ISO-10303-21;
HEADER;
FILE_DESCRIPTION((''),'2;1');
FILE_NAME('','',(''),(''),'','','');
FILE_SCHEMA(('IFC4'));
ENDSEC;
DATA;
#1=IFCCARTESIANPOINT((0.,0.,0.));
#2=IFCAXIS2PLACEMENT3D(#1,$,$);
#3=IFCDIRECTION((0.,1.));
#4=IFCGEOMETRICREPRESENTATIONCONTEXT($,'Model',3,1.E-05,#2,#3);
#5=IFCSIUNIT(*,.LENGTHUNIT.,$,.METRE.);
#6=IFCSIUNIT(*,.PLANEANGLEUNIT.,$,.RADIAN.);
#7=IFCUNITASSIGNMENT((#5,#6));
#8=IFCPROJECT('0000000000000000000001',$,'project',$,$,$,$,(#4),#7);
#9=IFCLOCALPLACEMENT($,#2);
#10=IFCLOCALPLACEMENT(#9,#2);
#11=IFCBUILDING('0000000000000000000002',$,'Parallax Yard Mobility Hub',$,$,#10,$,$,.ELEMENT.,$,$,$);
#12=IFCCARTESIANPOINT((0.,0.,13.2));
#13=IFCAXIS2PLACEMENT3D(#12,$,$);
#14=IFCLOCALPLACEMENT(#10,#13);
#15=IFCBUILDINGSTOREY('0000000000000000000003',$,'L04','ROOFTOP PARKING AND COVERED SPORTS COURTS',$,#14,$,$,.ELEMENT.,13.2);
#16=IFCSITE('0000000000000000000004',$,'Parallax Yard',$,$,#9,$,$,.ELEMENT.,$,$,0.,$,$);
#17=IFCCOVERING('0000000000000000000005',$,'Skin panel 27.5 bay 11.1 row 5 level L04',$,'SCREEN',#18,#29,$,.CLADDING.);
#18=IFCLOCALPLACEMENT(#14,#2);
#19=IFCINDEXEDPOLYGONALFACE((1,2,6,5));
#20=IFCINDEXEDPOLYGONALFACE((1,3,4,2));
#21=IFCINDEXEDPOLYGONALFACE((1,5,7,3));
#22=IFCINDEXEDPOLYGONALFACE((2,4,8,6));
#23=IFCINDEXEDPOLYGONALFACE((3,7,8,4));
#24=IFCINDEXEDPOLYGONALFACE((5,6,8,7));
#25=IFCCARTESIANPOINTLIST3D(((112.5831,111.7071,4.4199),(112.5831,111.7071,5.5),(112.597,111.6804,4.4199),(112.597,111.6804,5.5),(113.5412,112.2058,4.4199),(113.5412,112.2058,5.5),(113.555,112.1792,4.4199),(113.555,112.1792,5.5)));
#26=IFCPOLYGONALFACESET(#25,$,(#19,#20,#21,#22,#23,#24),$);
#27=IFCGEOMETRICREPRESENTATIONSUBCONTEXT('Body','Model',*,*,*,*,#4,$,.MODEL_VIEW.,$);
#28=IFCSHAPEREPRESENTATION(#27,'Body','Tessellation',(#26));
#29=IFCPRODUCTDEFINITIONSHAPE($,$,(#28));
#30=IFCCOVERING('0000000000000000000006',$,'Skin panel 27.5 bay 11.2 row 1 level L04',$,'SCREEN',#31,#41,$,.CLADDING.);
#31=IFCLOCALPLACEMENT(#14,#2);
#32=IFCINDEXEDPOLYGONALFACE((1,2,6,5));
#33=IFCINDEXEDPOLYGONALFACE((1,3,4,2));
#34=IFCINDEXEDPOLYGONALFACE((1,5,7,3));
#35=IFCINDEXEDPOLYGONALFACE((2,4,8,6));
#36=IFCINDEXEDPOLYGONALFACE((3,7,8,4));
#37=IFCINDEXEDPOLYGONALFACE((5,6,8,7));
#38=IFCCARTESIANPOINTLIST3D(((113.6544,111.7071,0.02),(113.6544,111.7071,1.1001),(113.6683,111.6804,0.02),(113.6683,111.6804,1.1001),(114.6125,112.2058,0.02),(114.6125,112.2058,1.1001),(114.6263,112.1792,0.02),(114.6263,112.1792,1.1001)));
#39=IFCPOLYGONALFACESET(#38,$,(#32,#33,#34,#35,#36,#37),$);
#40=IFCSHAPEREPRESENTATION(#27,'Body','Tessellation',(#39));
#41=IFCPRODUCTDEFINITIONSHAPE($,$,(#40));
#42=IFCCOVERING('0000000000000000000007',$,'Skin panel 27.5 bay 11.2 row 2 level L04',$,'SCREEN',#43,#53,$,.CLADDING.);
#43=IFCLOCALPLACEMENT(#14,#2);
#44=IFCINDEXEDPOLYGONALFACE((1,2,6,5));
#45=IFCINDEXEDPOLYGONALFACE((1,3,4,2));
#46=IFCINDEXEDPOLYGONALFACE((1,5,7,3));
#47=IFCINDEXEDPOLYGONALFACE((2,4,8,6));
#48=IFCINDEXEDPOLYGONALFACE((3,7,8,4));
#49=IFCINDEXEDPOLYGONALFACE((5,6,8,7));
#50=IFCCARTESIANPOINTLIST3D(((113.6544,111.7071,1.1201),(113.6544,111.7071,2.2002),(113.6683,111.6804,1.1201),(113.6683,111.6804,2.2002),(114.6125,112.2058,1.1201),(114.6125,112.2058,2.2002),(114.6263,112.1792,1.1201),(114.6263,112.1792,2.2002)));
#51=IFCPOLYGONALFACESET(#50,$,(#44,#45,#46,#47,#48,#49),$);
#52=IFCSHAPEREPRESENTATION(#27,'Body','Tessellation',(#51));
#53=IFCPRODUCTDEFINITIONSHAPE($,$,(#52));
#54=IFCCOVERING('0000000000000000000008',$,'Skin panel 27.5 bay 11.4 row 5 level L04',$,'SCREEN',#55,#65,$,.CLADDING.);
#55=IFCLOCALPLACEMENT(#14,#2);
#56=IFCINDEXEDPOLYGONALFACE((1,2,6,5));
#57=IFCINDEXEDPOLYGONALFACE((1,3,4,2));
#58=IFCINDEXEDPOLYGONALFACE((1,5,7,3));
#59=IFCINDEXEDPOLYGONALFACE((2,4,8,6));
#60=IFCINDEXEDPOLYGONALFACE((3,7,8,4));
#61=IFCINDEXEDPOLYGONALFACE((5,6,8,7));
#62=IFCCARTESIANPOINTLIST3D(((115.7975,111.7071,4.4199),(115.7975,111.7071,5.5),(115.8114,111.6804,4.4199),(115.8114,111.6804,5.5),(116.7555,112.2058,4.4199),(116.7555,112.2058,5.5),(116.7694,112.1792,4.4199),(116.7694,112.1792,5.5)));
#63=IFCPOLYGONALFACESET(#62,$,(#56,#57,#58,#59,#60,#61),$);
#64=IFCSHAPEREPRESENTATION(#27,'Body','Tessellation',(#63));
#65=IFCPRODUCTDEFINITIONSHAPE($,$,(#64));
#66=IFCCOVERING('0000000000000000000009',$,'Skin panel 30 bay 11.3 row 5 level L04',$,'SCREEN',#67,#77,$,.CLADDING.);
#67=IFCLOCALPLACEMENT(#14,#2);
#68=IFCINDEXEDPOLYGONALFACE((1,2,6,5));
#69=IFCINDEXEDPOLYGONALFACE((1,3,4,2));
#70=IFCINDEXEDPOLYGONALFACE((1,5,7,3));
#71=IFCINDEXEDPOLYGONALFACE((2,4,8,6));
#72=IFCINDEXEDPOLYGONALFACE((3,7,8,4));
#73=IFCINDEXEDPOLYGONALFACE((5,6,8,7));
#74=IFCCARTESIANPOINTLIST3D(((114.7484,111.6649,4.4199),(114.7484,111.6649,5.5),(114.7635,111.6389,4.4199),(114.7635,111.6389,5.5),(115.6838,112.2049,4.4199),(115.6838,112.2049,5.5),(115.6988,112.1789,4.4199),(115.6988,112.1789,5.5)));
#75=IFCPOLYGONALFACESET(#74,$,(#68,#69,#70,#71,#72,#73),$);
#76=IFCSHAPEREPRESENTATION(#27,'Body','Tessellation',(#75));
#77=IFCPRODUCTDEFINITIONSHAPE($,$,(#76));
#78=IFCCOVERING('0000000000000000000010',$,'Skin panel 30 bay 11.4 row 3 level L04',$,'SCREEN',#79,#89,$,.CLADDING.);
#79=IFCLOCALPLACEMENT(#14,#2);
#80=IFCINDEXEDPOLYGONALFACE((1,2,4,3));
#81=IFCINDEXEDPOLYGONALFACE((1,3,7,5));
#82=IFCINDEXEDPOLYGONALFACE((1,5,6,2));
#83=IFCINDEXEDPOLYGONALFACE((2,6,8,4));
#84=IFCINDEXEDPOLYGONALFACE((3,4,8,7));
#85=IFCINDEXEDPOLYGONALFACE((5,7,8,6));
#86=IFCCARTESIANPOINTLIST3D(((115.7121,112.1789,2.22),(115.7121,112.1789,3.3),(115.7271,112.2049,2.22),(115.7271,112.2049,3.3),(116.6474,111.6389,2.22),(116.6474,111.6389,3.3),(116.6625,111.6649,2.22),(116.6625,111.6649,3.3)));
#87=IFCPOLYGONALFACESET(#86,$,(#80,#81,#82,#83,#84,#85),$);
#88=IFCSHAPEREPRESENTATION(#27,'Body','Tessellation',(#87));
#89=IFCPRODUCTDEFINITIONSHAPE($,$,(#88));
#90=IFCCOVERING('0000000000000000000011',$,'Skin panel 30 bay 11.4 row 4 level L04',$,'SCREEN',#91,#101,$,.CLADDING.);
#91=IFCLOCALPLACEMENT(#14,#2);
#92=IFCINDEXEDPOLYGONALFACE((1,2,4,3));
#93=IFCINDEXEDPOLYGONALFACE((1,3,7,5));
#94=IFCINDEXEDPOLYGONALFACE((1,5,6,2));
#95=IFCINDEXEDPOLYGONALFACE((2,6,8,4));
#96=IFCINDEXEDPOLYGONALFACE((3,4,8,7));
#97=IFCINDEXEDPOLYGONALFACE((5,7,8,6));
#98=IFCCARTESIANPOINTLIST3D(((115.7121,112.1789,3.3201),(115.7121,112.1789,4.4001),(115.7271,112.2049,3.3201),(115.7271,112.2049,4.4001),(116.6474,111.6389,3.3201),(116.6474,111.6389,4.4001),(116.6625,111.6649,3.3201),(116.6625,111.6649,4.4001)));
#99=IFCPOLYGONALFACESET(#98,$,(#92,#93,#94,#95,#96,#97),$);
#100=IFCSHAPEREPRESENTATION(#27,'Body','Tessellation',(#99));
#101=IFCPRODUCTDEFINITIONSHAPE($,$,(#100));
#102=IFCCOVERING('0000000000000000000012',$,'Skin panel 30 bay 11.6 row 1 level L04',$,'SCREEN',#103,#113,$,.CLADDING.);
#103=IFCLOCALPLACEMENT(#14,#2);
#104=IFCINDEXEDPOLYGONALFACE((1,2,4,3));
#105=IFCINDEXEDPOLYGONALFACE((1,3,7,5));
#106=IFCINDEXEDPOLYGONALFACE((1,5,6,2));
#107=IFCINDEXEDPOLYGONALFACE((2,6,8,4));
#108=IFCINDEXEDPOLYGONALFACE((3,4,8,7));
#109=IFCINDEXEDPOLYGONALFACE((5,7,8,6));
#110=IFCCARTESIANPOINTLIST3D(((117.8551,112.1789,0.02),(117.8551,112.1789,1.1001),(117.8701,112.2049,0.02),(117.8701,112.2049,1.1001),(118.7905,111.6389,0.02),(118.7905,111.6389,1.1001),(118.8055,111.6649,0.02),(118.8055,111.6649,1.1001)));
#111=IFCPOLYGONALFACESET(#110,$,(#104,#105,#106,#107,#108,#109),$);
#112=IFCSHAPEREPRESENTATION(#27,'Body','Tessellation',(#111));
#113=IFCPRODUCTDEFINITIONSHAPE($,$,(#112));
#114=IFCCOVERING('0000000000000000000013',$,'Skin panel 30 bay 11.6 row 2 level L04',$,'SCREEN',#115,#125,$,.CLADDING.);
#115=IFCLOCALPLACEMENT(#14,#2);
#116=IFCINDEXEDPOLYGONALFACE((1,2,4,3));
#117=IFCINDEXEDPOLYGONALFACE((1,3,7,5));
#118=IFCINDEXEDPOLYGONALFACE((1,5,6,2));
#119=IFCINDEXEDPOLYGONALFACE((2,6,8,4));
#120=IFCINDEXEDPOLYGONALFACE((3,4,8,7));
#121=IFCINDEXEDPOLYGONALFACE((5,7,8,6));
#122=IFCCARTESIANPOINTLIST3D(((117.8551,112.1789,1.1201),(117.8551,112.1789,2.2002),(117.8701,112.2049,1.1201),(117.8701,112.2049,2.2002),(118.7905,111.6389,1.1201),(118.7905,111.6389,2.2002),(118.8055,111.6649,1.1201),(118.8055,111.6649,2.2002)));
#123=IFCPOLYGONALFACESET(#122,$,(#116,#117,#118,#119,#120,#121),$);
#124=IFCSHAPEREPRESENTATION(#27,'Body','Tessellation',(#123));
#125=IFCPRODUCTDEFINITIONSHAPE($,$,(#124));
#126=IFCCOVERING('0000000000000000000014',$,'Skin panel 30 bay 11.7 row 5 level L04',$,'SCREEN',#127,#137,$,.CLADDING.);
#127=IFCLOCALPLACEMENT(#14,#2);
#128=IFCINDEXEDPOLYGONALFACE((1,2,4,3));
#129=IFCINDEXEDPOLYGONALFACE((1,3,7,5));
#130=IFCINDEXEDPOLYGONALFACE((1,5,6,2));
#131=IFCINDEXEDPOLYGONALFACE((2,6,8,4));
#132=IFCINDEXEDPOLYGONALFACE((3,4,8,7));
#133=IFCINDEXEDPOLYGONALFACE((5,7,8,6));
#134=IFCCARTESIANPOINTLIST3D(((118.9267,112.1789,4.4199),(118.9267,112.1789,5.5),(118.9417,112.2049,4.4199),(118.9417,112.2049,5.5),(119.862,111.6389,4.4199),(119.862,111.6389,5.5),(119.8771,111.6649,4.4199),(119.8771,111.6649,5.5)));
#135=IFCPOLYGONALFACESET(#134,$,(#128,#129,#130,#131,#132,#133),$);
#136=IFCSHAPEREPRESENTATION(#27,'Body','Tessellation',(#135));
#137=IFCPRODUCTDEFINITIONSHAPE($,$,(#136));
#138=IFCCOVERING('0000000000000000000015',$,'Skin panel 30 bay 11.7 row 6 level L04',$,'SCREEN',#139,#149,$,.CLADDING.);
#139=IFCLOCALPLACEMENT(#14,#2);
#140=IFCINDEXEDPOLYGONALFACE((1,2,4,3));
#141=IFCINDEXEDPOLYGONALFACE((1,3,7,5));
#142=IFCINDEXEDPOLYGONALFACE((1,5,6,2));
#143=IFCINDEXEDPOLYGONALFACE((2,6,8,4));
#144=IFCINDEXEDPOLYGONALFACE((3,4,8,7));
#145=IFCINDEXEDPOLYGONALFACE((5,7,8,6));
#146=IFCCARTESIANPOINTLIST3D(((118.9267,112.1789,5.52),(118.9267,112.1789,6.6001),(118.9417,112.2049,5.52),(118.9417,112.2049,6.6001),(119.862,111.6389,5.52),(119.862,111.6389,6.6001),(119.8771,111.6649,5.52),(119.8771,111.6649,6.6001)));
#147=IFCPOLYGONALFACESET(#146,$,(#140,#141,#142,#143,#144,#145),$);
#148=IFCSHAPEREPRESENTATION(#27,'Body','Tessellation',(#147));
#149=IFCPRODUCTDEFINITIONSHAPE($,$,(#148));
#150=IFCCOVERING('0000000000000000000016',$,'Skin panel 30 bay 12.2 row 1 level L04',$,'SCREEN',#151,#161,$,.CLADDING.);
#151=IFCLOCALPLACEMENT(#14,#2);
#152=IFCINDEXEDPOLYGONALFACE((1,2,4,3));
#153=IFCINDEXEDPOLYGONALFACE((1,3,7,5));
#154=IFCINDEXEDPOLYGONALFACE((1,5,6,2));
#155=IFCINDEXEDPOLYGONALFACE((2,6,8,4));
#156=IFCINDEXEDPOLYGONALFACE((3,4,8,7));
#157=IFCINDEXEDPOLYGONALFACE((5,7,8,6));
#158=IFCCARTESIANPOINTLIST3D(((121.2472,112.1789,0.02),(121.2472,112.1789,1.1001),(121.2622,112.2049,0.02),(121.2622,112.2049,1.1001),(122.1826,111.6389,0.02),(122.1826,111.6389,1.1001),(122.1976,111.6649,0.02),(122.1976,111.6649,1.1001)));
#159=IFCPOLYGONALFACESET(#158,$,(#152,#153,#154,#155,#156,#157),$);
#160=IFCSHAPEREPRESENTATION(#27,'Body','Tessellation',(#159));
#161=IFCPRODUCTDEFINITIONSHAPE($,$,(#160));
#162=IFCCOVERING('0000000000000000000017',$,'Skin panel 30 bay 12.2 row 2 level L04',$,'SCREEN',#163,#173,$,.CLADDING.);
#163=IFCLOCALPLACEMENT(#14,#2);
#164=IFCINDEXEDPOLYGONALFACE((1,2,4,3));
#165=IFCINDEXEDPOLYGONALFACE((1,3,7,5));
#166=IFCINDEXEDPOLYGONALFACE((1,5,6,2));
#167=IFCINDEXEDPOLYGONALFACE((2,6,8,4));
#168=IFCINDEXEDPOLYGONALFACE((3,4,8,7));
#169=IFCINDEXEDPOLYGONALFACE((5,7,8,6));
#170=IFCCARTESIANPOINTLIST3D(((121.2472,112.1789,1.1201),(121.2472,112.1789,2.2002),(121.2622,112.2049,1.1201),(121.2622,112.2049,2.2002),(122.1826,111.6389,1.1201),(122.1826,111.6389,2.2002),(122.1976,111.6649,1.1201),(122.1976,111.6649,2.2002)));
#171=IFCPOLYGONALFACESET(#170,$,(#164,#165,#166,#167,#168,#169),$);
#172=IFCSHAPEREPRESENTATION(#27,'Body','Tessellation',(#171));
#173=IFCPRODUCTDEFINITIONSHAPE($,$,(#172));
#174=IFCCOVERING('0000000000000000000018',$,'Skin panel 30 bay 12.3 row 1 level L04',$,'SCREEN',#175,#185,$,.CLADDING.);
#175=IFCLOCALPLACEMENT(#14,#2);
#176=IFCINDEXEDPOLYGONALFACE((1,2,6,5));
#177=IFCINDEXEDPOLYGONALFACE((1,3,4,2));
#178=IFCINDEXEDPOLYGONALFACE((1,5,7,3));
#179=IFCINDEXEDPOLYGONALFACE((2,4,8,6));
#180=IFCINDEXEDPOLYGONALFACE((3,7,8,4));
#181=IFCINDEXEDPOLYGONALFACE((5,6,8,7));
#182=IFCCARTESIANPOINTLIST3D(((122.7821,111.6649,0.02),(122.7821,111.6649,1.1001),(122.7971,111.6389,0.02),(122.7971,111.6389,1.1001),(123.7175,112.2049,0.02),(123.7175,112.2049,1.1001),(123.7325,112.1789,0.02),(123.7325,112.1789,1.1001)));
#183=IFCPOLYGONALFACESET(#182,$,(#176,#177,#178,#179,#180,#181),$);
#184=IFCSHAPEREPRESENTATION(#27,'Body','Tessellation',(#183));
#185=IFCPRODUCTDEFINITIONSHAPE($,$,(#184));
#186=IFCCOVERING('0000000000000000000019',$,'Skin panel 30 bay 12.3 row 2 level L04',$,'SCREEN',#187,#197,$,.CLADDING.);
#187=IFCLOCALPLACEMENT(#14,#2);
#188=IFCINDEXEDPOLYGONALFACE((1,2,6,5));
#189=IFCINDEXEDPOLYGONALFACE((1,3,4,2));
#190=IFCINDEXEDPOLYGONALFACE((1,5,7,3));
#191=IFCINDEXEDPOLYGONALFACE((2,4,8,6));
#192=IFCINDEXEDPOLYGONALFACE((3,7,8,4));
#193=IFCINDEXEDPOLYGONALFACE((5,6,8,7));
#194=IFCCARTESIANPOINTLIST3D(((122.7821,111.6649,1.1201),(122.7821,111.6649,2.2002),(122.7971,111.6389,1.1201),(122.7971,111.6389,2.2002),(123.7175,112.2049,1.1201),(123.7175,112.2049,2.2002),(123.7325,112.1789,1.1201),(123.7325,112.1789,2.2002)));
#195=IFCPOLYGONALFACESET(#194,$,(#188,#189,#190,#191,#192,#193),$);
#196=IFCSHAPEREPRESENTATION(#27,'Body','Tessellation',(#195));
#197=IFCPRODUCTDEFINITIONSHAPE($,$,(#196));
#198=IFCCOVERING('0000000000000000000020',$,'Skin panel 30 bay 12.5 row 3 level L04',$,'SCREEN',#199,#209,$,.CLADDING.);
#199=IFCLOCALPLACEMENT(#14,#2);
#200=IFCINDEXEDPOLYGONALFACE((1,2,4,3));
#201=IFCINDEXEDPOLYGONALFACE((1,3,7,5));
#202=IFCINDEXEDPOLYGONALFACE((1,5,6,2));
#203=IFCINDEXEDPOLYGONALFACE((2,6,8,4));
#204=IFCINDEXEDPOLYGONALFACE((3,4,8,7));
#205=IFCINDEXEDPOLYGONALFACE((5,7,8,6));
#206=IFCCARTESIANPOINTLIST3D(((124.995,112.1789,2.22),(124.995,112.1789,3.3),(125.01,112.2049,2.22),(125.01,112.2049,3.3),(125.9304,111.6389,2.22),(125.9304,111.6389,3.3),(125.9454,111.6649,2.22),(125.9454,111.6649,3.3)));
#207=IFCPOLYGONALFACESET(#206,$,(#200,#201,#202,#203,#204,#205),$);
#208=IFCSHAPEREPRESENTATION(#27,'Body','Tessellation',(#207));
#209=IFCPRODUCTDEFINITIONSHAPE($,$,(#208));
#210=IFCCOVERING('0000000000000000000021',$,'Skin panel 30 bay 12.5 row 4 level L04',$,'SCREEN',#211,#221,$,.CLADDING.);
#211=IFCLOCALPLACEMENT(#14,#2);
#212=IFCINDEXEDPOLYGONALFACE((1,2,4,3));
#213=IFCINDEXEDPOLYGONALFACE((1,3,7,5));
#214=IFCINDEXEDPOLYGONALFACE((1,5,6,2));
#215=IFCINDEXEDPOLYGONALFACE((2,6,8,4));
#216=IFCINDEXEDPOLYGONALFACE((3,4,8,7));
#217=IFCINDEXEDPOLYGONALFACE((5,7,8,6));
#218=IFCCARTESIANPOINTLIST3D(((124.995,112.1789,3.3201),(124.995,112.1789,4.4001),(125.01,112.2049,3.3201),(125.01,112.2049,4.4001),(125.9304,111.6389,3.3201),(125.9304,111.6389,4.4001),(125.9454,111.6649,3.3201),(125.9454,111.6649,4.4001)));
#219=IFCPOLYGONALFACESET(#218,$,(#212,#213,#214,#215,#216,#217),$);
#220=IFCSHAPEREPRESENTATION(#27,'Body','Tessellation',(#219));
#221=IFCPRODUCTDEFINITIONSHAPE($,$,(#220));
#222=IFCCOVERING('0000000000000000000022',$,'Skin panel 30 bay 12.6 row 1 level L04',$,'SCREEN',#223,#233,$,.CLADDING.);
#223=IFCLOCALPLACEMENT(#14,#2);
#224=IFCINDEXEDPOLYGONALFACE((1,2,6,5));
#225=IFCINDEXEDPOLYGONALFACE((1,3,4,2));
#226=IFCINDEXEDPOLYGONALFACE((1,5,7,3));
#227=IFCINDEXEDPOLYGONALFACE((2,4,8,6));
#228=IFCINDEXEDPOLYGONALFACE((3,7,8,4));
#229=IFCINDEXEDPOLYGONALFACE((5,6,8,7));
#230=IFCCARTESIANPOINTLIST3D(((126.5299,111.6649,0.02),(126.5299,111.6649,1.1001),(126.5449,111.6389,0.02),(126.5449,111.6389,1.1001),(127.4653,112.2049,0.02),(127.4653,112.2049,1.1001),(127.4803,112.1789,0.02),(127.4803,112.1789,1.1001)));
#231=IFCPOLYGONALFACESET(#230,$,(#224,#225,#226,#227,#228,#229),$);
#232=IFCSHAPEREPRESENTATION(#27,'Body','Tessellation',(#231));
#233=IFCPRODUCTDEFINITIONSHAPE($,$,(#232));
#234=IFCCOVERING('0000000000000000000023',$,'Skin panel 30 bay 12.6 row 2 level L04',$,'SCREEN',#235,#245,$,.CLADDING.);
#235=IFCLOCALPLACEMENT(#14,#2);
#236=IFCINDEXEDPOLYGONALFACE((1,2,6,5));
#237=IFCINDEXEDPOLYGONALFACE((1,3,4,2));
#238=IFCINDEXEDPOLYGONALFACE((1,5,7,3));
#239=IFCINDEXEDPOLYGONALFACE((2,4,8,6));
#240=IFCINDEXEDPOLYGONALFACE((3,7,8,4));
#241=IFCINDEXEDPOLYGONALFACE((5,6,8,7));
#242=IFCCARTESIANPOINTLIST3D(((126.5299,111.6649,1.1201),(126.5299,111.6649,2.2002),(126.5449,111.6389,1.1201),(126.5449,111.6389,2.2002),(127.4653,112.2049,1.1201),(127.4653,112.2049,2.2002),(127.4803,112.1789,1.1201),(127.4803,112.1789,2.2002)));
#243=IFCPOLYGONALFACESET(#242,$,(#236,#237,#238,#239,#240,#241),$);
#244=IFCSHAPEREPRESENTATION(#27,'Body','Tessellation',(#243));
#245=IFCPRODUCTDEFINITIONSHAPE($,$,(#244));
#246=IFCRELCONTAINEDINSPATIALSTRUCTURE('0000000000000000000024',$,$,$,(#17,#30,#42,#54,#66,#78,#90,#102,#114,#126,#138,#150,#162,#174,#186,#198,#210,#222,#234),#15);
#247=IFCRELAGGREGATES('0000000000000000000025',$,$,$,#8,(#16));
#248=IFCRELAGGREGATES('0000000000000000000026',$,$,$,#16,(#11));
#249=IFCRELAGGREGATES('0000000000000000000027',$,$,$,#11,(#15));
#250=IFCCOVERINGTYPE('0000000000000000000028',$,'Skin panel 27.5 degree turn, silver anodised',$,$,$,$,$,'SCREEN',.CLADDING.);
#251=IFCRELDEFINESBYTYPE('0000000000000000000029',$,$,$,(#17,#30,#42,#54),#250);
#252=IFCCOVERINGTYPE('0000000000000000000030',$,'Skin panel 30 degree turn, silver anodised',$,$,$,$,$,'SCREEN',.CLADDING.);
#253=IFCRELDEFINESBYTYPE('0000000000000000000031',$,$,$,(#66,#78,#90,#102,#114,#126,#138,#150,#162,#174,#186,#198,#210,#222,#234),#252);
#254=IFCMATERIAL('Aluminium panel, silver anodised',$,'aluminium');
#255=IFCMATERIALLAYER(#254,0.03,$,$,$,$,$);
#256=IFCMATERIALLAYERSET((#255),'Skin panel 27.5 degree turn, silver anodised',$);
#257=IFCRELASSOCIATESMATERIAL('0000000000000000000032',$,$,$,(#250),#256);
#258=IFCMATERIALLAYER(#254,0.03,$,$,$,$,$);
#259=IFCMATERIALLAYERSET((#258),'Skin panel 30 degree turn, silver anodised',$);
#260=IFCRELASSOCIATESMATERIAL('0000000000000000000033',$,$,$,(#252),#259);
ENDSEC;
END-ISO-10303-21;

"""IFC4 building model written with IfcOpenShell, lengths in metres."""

from ifc_helpers import new_model, si_unit, direction, frame, origin, origin_2d, place, context, subcontext, project, spatial, rectangle, extrude, material, layer, layer_set, type_object, element, save


model = new_model("IFC4")

# Units and contexts
model_context = context("Model", 3, precision=1e-05, world=origin(), true_north=direction((0.0, 1.0)))
body_context = subcontext(model_context, "Body", "Model", "MODEL_VIEW")
ifc_project = project(units=[si_unit("LENGTHUNIT", "METRE"), si_unit("PLANEANGLEUNIT", "RADIAN")], contexts=[model_context])

# Site, building, storey
site_placement = place(None, origin())
site = spatial("IfcSite", under=ifc_project, at=site_placement, Name="Parallax Yard", CompositionType="ELEMENT", RefElevation=0.0)
building_placement = place(site_placement, origin())
building = spatial("IfcBuilding", under=site, at=building_placement, Name="Parallax Yard Mobility Hub", CompositionType="ELEMENT")
storey_placement = place(building_placement, frame((0.0, 0.0, 13.2)))
storey = spatial("IfcBuildingStorey", under=building, at=storey_placement, Name="L04", Description="ROOFTOP PARKING AND COVERED SPORTS COURTS", CompositionType="ELEMENT", Elevation=13.2)

# Coverings
ifc_material = material(Name="Aluminium panel, silver anodised", Category="aluminium")
ifc_layer_1 = layer(ifc_material, 0.03)
ifc_layer_set_1 = layer_set([ifc_layer_1], Name="Skin panel 27.5 degree turn, silver anodised")
covering_type_1 = type_object("IfcCoveringType", Name="Skin panel 27.5 degree turn, silver anodised", ElementType="SCREEN", PredefinedType="CLADDING", material=ifc_layer_set_1)
for number, where, z_axis, x_axis, name in (
    (1, (113.0691, 111.9431, 4.4199), (0.0, 0.0, 1.0), (-0.887011, -0.461749, 0.0), "Skin panel 27.5 bay 11.1 row 5 level L04"),
    (2, (114.1404, 111.9431, 0.02), (0.0, 0.0, 1.0), (-0.887011, -0.461749, 0.0), "Skin panel 27.5 bay 11.2 row 1 level L04"),
    (3, (114.1404, 111.9431, 1.1201), (0.0, 0.0, 1.0), (-0.887011, -0.461749, 0.0), "Skin panel 27.5 bay 11.2 row 2 level L04"),
    (4, (116.2834, 111.9431, 4.4199), (0.0, 0.0, 1.0), (-0.887011, -0.461749, 0.0), "Skin panel 27.5 bay 11.4 row 5 level L04"),
):
    element("IfcCovering", number, at=place(storey_placement, frame(where, z_axis=z_axis, x_axis=x_axis)), inside=storey, type_object=covering_type_1, Name=name, ObjectType="SCREEN", PredefinedType="CLADDING", context=body_context, shape_type="SweptSolid", body=[
        extrude(rectangle(XDim=1.0801, YDim=0.03, at=origin_2d()), origin(), (0.0, 0.0, 1.0), 1.0801),
    ])
ifc_layer_2 = layer(ifc_material, 0.03)
ifc_layer_set_2 = layer_set([ifc_layer_2], Name="Skin panel 30 degree turn, silver anodised")
covering_type_2 = type_object("IfcCoveringType", Name="Skin panel 30 degree turn, silver anodised", ElementType="SCREEN", PredefinedType="CLADDING", material=ifc_layer_set_2)
for number, where, z_axis, x_axis, name in (
    (5, (115.2236, 111.9219, 4.4199), (0.0, 0.0, 1.0), (-0.866025, -0.5, 0.0), "Skin panel 30 bay 11.3 row 5 level L04"),
    (6, (116.1873, 111.9219, 2.22), (0.0, 0.0, 1.0), (0.866025, -0.5, 0.0), "Skin panel 30 bay 11.4 row 3 level L04"),
    (7, (116.1873, 111.9219, 3.3201), (0.0, 0.0, 1.0), (0.866025, -0.5, 0.0), "Skin panel 30 bay 11.4 row 4 level L04"),
    (8, (118.3303, 111.9219, 0.02), (0.0, 0.0, 1.0), (0.866025, -0.5, 0.0), "Skin panel 30 bay 11.6 row 1 level L04"),
    (9, (118.3303, 111.9219, 1.1201), (0.0, 0.0, 1.0), (0.866025, -0.5, 0.0), "Skin panel 30 bay 11.6 row 2 level L04"),
    (10, (119.4019, 111.9219, 4.4199), (0.0, 0.0, 1.0), (0.866025, -0.5, 0.0), "Skin panel 30 bay 11.7 row 5 level L04"),
    (11, (119.4019, 111.9219, 5.52), (0.0, 0.0, 1.0), (0.866025, -0.5, 0.0), "Skin panel 30 bay 11.7 row 6 level L04"),
    (12, (121.7224, 111.9219, 0.02), (0.0, 0.0, 1.0), (0.866025, -0.5, 0.0), "Skin panel 30 bay 12.2 row 1 level L04"),
    (13, (121.7224, 111.9219, 1.1201), (0.0, 0.0, 1.0), (0.866025, -0.5, 0.0), "Skin panel 30 bay 12.2 row 2 level L04"),
    (14, (123.2573, 111.9219, 0.02), (0.0, 0.0, 1.0), (-0.866025, -0.5, 0.0), "Skin panel 30 bay 12.3 row 1 level L04"),
    (15, (123.2573, 111.9219, 1.1201), (0.0, 0.0, 1.0), (-0.866025, -0.5, 0.0), "Skin panel 30 bay 12.3 row 2 level L04"),
    (16, (125.4702, 111.9219, 2.22), (0.0, 0.0, 1.0), (0.866025, -0.5, 0.0), "Skin panel 30 bay 12.5 row 3 level L04"),
    (17, (125.4702, 111.9219, 3.3201), (0.0, 0.0, 1.0), (0.866025, -0.5, 0.0), "Skin panel 30 bay 12.5 row 4 level L04"),
    (18, (127.0051, 111.9219, 0.02), (0.0, 0.0, 1.0), (-0.866025, -0.5, 0.0), "Skin panel 30 bay 12.6 row 1 level L04"),
    (19, (127.0051, 111.9219, 1.1201), (0.0, 0.0, 1.0), (-0.866025, -0.5, 0.0), "Skin panel 30 bay 12.6 row 2 level L04"),
):
    element("IfcCovering", number, at=place(storey_placement, frame(where, z_axis=z_axis, x_axis=x_axis)), inside=storey, type_object=covering_type_2, Name=name, ObjectType="SCREEN", PredefinedType="CLADDING", context=body_context, shape_type="SweptSolid", body=[
        extrude(rectangle(XDim=1.0801, YDim=0.03, at=origin_2d()), origin(), (0.0, 0.0, 1.0), 1.0801),
    ])

save(model, "model.ifc")
